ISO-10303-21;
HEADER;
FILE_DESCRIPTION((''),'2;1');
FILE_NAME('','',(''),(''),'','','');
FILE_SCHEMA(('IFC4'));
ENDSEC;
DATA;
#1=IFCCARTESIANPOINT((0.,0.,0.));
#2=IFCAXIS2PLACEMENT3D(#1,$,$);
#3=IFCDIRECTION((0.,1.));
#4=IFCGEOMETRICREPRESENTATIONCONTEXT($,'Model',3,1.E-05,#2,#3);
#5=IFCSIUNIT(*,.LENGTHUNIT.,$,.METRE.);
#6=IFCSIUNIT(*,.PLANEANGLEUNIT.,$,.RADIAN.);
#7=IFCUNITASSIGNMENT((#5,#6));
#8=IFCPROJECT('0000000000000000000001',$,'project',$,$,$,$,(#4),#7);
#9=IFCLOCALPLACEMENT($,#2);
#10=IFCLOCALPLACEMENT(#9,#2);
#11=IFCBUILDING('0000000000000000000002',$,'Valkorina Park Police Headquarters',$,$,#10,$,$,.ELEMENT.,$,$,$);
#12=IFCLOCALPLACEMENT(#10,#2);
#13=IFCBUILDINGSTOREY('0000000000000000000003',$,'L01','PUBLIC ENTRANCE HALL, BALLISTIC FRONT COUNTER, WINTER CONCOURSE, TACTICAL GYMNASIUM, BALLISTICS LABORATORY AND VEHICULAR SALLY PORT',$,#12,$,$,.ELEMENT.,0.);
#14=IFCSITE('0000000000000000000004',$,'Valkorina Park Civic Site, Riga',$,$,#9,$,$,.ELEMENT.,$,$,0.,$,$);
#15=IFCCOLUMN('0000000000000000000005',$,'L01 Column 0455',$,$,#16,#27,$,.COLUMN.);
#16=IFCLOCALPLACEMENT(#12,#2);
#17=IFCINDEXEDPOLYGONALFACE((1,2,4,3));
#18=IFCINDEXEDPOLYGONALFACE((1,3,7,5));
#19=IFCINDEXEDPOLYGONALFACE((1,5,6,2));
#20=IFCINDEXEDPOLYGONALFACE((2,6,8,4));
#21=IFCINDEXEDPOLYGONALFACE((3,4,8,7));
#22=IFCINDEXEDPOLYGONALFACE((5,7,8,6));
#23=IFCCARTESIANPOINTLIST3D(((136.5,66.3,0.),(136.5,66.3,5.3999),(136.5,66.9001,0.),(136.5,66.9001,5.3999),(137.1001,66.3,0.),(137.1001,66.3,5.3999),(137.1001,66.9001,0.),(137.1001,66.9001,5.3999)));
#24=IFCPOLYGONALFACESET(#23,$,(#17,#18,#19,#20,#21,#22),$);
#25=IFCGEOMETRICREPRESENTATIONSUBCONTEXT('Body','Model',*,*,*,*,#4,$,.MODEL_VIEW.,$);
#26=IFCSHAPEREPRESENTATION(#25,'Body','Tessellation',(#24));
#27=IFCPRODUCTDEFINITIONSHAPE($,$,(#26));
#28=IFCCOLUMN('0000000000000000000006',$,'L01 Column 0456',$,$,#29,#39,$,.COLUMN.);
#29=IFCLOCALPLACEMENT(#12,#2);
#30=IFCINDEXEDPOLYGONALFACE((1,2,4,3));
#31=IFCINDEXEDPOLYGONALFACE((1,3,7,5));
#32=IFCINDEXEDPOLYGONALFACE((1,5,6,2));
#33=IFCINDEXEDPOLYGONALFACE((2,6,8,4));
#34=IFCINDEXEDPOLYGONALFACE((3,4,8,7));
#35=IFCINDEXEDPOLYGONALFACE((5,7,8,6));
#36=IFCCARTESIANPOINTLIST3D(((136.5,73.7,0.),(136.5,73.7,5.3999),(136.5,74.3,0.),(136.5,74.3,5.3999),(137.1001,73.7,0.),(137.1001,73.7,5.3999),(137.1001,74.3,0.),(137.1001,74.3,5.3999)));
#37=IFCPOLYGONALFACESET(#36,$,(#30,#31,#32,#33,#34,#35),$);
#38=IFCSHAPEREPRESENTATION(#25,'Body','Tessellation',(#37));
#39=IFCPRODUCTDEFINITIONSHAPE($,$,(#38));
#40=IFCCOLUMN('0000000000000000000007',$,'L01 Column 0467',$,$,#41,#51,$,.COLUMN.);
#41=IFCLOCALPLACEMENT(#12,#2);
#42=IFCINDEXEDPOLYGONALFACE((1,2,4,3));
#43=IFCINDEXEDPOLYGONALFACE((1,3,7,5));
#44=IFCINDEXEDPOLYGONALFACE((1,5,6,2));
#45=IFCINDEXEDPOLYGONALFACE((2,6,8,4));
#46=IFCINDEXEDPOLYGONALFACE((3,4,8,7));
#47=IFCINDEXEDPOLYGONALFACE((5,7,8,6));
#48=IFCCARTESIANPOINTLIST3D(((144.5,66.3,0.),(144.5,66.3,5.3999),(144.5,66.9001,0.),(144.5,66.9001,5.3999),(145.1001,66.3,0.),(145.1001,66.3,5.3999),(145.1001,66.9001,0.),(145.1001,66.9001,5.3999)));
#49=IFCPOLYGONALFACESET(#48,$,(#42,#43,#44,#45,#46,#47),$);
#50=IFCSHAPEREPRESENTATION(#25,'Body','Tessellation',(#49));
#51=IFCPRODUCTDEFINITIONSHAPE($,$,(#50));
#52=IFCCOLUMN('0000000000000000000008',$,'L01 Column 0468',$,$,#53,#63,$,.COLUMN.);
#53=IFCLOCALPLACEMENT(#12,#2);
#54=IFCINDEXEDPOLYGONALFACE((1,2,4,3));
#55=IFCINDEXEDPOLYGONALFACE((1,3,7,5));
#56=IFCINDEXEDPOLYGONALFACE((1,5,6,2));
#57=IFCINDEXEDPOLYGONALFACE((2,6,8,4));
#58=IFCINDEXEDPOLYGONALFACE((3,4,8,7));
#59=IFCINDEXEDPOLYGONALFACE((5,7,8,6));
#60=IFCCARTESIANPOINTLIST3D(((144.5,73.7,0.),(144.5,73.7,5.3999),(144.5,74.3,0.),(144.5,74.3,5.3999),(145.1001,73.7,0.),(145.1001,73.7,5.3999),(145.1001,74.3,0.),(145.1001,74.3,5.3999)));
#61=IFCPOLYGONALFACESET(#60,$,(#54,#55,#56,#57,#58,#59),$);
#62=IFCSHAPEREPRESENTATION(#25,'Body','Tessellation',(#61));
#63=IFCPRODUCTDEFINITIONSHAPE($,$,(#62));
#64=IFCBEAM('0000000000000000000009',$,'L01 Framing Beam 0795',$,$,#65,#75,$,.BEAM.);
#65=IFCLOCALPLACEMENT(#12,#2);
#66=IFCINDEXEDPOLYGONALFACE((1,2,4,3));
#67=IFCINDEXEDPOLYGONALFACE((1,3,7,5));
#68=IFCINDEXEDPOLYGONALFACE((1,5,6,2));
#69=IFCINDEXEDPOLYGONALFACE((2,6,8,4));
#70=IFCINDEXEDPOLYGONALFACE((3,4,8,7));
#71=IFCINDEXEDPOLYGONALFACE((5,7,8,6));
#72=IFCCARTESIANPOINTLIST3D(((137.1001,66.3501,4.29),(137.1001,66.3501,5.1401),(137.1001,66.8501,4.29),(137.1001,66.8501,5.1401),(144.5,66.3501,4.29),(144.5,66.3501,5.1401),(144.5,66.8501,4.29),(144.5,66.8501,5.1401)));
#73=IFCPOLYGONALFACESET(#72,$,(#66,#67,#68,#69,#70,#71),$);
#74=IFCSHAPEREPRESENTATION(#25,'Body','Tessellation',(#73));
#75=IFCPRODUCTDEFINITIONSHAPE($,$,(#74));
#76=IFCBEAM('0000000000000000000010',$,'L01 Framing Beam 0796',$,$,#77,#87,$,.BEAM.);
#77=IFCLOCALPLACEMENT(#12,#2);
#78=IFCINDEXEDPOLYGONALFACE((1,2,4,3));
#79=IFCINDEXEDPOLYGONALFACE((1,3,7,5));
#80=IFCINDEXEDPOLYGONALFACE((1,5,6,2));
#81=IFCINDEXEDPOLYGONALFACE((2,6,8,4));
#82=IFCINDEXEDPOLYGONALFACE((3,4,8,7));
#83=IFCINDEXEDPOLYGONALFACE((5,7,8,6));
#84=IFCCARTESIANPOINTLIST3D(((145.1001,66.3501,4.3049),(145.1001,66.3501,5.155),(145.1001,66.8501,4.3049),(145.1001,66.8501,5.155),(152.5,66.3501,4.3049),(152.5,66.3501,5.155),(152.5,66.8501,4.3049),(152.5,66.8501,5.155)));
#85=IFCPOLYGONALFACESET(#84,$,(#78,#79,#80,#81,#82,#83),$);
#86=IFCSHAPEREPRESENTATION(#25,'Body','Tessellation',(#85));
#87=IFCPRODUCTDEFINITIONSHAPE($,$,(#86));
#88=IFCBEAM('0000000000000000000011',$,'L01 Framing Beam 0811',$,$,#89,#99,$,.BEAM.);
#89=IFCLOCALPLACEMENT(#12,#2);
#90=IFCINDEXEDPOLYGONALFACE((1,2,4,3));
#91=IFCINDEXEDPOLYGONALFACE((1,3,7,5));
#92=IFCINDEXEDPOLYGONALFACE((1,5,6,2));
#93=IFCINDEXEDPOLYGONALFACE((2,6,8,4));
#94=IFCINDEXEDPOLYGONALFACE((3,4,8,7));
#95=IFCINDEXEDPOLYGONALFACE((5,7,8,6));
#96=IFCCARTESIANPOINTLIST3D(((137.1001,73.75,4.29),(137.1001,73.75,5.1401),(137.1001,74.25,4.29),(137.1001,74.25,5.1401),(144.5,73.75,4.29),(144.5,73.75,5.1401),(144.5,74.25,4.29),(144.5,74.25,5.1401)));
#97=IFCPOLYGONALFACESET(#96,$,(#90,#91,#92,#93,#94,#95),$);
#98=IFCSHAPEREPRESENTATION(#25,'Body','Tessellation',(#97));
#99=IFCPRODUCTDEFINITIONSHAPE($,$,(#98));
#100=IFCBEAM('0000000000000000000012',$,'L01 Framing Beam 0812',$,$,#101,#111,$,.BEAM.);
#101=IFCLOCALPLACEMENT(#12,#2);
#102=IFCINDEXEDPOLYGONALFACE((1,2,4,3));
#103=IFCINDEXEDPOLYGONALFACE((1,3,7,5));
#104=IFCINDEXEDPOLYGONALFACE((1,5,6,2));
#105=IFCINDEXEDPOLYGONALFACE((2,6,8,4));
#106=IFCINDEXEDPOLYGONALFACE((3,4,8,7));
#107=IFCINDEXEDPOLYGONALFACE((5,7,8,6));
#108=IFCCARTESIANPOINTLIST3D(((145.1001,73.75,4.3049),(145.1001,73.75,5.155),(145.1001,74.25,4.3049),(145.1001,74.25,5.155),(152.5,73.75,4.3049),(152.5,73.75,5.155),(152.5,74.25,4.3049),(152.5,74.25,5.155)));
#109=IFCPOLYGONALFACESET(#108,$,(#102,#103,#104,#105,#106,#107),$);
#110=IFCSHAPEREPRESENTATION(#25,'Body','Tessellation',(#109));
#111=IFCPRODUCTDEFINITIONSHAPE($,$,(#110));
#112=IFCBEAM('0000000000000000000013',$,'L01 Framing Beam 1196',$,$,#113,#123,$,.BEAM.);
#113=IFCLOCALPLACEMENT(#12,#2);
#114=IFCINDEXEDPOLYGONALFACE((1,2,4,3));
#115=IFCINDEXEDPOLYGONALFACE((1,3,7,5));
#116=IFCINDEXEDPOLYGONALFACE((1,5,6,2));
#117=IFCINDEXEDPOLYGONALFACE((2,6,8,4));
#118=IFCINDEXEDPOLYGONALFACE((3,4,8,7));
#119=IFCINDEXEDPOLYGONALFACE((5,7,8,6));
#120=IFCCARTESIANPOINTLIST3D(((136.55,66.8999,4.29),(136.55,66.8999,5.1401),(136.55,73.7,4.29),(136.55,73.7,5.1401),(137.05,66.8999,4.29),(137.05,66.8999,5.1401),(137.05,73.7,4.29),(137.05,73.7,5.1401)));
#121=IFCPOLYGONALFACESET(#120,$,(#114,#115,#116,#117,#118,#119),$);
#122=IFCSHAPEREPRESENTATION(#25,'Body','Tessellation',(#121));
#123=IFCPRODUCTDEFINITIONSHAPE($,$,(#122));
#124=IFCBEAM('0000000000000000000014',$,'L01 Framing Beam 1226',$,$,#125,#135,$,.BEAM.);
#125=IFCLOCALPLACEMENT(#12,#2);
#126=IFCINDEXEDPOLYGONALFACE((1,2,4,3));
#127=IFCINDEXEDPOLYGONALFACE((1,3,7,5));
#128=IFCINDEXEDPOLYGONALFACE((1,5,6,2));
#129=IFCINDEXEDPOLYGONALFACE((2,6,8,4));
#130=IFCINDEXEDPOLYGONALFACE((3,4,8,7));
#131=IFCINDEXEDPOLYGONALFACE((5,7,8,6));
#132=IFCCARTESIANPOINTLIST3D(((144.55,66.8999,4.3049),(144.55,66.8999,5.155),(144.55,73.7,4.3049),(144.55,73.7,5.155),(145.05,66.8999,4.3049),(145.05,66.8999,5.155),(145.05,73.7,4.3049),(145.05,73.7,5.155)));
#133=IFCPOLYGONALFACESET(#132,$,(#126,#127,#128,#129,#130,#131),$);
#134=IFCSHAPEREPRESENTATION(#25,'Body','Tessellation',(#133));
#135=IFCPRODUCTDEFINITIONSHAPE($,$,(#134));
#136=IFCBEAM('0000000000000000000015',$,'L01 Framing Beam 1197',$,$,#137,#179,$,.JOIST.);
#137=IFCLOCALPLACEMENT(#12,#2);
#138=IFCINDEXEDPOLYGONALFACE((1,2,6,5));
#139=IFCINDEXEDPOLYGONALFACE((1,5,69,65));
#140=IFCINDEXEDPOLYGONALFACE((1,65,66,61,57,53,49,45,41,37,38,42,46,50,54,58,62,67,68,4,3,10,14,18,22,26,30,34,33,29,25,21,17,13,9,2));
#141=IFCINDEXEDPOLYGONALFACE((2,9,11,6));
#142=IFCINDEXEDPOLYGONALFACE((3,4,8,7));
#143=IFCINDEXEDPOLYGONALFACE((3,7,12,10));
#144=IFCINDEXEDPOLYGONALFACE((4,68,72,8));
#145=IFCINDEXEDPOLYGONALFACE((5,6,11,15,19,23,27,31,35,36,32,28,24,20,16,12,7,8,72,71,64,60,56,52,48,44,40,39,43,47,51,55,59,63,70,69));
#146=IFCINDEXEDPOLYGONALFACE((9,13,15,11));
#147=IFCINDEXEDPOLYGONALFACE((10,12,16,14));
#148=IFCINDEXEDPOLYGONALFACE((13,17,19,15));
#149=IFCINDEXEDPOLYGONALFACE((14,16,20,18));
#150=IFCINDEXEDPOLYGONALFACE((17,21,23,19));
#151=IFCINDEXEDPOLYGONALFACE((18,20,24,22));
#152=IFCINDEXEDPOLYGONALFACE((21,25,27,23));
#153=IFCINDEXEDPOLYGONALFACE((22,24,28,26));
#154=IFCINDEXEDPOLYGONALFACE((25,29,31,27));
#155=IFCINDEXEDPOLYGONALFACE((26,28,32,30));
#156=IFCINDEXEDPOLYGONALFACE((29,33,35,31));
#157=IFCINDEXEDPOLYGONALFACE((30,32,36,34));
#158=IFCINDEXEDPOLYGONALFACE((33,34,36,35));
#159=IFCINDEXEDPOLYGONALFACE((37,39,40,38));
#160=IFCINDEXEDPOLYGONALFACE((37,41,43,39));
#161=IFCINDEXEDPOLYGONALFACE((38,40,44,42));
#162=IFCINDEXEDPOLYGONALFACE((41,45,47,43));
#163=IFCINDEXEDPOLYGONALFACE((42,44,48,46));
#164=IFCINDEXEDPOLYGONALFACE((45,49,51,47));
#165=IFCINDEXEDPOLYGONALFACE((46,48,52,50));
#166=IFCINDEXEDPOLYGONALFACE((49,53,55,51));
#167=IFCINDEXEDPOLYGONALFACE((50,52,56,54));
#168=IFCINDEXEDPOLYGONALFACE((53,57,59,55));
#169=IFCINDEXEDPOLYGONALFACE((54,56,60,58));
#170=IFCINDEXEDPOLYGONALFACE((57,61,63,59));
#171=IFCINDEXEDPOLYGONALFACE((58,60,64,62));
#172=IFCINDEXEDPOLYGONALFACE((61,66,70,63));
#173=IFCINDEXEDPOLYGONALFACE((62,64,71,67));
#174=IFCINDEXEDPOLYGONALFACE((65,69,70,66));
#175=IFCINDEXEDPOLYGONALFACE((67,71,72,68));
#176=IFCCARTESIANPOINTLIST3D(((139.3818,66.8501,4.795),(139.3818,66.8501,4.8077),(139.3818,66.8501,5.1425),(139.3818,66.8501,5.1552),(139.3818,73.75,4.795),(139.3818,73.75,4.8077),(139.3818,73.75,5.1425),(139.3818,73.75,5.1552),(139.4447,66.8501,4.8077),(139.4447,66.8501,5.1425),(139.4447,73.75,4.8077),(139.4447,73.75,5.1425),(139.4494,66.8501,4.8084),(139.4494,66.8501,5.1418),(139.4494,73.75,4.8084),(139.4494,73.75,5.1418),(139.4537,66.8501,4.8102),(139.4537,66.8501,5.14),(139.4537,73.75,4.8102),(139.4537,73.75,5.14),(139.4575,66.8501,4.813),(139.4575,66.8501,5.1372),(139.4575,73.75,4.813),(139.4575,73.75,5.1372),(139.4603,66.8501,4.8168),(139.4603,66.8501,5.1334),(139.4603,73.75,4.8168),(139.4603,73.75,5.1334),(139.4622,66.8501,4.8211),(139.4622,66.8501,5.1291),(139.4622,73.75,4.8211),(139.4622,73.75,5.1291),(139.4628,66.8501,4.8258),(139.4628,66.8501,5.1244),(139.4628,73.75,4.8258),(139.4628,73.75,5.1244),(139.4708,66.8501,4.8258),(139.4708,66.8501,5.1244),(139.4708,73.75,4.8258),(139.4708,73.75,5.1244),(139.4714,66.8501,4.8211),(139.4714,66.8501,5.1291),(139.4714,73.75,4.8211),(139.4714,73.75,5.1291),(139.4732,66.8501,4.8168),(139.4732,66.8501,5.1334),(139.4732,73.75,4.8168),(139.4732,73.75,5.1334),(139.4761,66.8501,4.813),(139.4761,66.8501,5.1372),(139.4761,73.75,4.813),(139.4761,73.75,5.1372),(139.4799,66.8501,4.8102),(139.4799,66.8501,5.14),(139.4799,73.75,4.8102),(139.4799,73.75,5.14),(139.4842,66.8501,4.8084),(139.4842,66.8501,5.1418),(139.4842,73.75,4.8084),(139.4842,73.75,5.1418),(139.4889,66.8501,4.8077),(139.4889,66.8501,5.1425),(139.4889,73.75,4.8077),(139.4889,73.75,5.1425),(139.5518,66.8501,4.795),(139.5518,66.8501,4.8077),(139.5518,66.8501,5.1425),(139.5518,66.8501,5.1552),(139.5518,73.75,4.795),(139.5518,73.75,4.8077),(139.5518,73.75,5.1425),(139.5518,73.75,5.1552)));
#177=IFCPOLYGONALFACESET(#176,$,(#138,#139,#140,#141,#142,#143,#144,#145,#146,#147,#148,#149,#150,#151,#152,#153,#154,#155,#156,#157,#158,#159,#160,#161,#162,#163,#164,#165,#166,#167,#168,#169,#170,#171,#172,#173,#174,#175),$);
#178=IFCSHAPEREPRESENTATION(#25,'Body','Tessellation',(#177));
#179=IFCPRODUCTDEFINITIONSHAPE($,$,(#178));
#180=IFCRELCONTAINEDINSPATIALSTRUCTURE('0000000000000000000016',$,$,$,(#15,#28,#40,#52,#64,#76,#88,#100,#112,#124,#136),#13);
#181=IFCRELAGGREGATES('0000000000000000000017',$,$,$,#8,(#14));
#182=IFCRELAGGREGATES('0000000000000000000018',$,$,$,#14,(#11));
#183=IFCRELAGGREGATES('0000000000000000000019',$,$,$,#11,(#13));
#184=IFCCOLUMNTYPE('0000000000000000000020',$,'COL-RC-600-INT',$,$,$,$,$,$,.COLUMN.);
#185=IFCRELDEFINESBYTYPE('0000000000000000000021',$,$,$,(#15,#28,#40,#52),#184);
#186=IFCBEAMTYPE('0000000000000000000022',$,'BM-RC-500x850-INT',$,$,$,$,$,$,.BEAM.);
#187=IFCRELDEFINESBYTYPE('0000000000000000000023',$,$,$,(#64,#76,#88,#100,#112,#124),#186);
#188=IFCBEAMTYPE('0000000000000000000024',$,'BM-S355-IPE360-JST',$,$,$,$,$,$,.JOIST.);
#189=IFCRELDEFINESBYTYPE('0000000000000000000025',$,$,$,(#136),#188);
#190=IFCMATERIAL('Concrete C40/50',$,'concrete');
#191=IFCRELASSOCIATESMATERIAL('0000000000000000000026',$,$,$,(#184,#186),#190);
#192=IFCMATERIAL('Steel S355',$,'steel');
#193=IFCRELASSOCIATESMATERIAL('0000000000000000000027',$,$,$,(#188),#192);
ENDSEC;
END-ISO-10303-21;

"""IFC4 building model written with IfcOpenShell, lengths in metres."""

from ifc_helpers import new_model, si_unit, direction, frame, origin, origin_2d, place, context, subcontext, project, spatial, rectangle, i_section, extrude, material, material_profile, profile_set, type_object, element, save


model = new_model("IFC4")

# Units and contexts
model_context = context("Model", 3, precision=1e-05, world=origin(), true_north=direction((0.0, 1.0)))
body_context = subcontext(model_context, "Body", "Model", "MODEL_VIEW")
ifc_project = project(units=[si_unit("LENGTHUNIT", "METRE"), si_unit("PLANEANGLEUNIT", "RADIAN")], contexts=[model_context])

# Site, building, storey
site_placement = place(None, origin())
site = spatial("IfcSite", under=ifc_project, at=site_placement, Name="Valkorina Park Civic Site, Riga", CompositionType="ELEMENT", RefElevation=0.0)
building_placement = place(site_placement, origin())
building = spatial("IfcBuilding", under=site, at=building_placement, Name="Valkorina Park Police Headquarters", CompositionType="ELEMENT")
storey_placement = place(building_placement, origin())
storey = spatial("IfcBuildingStorey", under=building, at=storey_placement, Name="L01", Description="PUBLIC ENTRANCE HALL, BALLISTIC FRONT COUNTER, WINTER CONCOURSE, TACTICAL GYMNASIUM, BALLISTICS LABORATORY AND VEHICULAR SALLY PORT", CompositionType="ELEMENT", Elevation=0.0)

# Columns
ifc_material_1 = material(Name="Concrete C40/50", Category="concrete")
ifc_material_profile_1 = material_profile(ifc_material_1, rectangle(XDim=0.6001, YDim=0.6001, at=origin_2d()), Name="RC COL 600x600")
ifc_profile_set_1 = profile_set([ifc_material_profile_1], Name="Concrete C40/50")
column_type = type_object("IfcColumnType", Name="COL-RC-600-INT", PredefinedType="COLUMN", material=ifc_profile_set_1)
for number, where, z_axis, x_axis, name in (
    (1, (136.8, 66.6001, 0.0), (0.0, 0.0, 1.0), (1.0, 0.0, 0.0), "L01 Column 0455"),
    (2, (136.8, 74.0, 0.0), (0.0, 0.0, 1.0), (1.0, 0.0, 0.0), "L01 Column 0456"),
    (3, (144.8, 66.6001, 0.0), (0.0, 0.0, 1.0), (1.0, 0.0, 0.0), "L01 Column 0467"),
    (4, (144.8, 74.0, 0.0), (0.0, 0.0, 1.0), (1.0, 0.0, 0.0), "L01 Column 0468"),
):
    element("IfcColumn", number, at=place(storey_placement, frame(where, z_axis=z_axis, x_axis=x_axis)), inside=storey, type_object=column_type, Name=name, PredefinedType="COLUMN", context=body_context, shape_type="SweptSolid", body=[
        extrude(rectangle(XDim=0.6001, YDim=0.6001, at=origin_2d()), origin(), (0.0, 0.0, 1.0), 5.3999),
    ])

# Beams
ifc_material_profile_2 = material_profile(ifc_material_1, rectangle(XDim=0.5, YDim=0.8501, at=origin_2d()), Name="RC BEAM 500x850")
ifc_profile_set_2 = profile_set([ifc_material_profile_2], Name="Concrete C40/50")
beam_type_1 = type_object("IfcBeamType", Name="BM-RC-500x850-INT", PredefinedType="BEAM", material=ifc_profile_set_2)
for number, where, z_axis, x_axis, name in (
    (5, (137.1001, 66.6001, 4.7151), (1.0, 0.0, 0.0), (0.0, 1.0, 0.0), "L01 Framing Beam 0795"),
    (6, (145.1001, 66.6001, 4.73), (1.0, 0.0, 0.0), (0.0, 1.0, 0.0), "L01 Framing Beam 0796"),
    (7, (137.1001, 74.0, 4.7151), (1.0, 0.0, 0.0), (0.0, 1.0, 0.0), "L01 Framing Beam 0811"),
    (8, (145.1001, 74.0, 4.73), (1.0, 0.0, 0.0), (0.0, 1.0, 0.0), "L01 Framing Beam 0812"),
):
    element("IfcBeam", number, at=place(storey_placement, frame(where, z_axis=z_axis, x_axis=x_axis)), inside=storey, type_object=beam_type_1, Name=name, PredefinedType="BEAM", context=body_context, shape_type="SweptSolid", body=[
        extrude(rectangle(XDim=0.5, YDim=0.8501, at=origin_2d()), origin(), (0.0, 0.0, 1.0), 7.3999),
    ])
for number, where, z_axis, x_axis, name in (
    (9, (136.8, 66.8999, 4.7151), (0.0, 1.0, 0.0), (-1.0, 0.0, 0.0), "L01 Framing Beam 1196"),
    (10, (144.8, 66.8999, 4.73), (0.0, 1.0, 0.0), (-1.0, 0.0, 0.0), "L01 Framing Beam 1226"),
):
    element("IfcBeam", number, at=place(storey_placement, frame(where, z_axis=z_axis, x_axis=x_axis)), inside=storey, type_object=beam_type_1, Name=name, PredefinedType="BEAM", context=body_context, shape_type="SweptSolid", body=[
        extrude(rectangle(XDim=0.5, YDim=0.8501, at=origin_2d()), origin(), (0.0, 0.0, 1.0), 6.8),
    ])
ifc_material_2 = material(Name="Steel S355", Category="steel")
ifc_material_profile_3 = material_profile(ifc_material_2, i_section(OverallWidth=0.1699, OverallDepth=0.3601, WebThickness=0.0081, FlangeThickness=0.0127, FilletRadius=0.0181, at=origin_2d()), Name="IPE 360")
ifc_profile_set_3 = profile_set([ifc_material_profile_3], Name="Steel S355")
beam_type_2 = type_object("IfcBeamType", Name="BM-S355-IPE360-JST", PredefinedType="JOIST", material=ifc_profile_set_3)
for number, where, z_axis, x_axis, name in (
    (11, (139.4668, 66.8501, 4.9751), (0.0, 1.0, 0.0), (-1.0, 0.0, 0.0), "L01 Framing Beam 1197"),
):
    element("IfcBeam", number, at=place(storey_placement, frame(where, z_axis=z_axis, x_axis=x_axis)), inside=storey, type_object=beam_type_2, Name=name, PredefinedType="JOIST", context=body_context, shape_type="SweptSolid", body=[
        extrude(i_section(OverallWidth=0.1699, OverallDepth=0.3601, WebThickness=0.0081, FlangeThickness=0.0127, FilletRadius=0.0181, at=origin_2d()), origin(), (0.0, 0.0, 1.0), 6.8999),
    ])

save(model, "model.ifc")
